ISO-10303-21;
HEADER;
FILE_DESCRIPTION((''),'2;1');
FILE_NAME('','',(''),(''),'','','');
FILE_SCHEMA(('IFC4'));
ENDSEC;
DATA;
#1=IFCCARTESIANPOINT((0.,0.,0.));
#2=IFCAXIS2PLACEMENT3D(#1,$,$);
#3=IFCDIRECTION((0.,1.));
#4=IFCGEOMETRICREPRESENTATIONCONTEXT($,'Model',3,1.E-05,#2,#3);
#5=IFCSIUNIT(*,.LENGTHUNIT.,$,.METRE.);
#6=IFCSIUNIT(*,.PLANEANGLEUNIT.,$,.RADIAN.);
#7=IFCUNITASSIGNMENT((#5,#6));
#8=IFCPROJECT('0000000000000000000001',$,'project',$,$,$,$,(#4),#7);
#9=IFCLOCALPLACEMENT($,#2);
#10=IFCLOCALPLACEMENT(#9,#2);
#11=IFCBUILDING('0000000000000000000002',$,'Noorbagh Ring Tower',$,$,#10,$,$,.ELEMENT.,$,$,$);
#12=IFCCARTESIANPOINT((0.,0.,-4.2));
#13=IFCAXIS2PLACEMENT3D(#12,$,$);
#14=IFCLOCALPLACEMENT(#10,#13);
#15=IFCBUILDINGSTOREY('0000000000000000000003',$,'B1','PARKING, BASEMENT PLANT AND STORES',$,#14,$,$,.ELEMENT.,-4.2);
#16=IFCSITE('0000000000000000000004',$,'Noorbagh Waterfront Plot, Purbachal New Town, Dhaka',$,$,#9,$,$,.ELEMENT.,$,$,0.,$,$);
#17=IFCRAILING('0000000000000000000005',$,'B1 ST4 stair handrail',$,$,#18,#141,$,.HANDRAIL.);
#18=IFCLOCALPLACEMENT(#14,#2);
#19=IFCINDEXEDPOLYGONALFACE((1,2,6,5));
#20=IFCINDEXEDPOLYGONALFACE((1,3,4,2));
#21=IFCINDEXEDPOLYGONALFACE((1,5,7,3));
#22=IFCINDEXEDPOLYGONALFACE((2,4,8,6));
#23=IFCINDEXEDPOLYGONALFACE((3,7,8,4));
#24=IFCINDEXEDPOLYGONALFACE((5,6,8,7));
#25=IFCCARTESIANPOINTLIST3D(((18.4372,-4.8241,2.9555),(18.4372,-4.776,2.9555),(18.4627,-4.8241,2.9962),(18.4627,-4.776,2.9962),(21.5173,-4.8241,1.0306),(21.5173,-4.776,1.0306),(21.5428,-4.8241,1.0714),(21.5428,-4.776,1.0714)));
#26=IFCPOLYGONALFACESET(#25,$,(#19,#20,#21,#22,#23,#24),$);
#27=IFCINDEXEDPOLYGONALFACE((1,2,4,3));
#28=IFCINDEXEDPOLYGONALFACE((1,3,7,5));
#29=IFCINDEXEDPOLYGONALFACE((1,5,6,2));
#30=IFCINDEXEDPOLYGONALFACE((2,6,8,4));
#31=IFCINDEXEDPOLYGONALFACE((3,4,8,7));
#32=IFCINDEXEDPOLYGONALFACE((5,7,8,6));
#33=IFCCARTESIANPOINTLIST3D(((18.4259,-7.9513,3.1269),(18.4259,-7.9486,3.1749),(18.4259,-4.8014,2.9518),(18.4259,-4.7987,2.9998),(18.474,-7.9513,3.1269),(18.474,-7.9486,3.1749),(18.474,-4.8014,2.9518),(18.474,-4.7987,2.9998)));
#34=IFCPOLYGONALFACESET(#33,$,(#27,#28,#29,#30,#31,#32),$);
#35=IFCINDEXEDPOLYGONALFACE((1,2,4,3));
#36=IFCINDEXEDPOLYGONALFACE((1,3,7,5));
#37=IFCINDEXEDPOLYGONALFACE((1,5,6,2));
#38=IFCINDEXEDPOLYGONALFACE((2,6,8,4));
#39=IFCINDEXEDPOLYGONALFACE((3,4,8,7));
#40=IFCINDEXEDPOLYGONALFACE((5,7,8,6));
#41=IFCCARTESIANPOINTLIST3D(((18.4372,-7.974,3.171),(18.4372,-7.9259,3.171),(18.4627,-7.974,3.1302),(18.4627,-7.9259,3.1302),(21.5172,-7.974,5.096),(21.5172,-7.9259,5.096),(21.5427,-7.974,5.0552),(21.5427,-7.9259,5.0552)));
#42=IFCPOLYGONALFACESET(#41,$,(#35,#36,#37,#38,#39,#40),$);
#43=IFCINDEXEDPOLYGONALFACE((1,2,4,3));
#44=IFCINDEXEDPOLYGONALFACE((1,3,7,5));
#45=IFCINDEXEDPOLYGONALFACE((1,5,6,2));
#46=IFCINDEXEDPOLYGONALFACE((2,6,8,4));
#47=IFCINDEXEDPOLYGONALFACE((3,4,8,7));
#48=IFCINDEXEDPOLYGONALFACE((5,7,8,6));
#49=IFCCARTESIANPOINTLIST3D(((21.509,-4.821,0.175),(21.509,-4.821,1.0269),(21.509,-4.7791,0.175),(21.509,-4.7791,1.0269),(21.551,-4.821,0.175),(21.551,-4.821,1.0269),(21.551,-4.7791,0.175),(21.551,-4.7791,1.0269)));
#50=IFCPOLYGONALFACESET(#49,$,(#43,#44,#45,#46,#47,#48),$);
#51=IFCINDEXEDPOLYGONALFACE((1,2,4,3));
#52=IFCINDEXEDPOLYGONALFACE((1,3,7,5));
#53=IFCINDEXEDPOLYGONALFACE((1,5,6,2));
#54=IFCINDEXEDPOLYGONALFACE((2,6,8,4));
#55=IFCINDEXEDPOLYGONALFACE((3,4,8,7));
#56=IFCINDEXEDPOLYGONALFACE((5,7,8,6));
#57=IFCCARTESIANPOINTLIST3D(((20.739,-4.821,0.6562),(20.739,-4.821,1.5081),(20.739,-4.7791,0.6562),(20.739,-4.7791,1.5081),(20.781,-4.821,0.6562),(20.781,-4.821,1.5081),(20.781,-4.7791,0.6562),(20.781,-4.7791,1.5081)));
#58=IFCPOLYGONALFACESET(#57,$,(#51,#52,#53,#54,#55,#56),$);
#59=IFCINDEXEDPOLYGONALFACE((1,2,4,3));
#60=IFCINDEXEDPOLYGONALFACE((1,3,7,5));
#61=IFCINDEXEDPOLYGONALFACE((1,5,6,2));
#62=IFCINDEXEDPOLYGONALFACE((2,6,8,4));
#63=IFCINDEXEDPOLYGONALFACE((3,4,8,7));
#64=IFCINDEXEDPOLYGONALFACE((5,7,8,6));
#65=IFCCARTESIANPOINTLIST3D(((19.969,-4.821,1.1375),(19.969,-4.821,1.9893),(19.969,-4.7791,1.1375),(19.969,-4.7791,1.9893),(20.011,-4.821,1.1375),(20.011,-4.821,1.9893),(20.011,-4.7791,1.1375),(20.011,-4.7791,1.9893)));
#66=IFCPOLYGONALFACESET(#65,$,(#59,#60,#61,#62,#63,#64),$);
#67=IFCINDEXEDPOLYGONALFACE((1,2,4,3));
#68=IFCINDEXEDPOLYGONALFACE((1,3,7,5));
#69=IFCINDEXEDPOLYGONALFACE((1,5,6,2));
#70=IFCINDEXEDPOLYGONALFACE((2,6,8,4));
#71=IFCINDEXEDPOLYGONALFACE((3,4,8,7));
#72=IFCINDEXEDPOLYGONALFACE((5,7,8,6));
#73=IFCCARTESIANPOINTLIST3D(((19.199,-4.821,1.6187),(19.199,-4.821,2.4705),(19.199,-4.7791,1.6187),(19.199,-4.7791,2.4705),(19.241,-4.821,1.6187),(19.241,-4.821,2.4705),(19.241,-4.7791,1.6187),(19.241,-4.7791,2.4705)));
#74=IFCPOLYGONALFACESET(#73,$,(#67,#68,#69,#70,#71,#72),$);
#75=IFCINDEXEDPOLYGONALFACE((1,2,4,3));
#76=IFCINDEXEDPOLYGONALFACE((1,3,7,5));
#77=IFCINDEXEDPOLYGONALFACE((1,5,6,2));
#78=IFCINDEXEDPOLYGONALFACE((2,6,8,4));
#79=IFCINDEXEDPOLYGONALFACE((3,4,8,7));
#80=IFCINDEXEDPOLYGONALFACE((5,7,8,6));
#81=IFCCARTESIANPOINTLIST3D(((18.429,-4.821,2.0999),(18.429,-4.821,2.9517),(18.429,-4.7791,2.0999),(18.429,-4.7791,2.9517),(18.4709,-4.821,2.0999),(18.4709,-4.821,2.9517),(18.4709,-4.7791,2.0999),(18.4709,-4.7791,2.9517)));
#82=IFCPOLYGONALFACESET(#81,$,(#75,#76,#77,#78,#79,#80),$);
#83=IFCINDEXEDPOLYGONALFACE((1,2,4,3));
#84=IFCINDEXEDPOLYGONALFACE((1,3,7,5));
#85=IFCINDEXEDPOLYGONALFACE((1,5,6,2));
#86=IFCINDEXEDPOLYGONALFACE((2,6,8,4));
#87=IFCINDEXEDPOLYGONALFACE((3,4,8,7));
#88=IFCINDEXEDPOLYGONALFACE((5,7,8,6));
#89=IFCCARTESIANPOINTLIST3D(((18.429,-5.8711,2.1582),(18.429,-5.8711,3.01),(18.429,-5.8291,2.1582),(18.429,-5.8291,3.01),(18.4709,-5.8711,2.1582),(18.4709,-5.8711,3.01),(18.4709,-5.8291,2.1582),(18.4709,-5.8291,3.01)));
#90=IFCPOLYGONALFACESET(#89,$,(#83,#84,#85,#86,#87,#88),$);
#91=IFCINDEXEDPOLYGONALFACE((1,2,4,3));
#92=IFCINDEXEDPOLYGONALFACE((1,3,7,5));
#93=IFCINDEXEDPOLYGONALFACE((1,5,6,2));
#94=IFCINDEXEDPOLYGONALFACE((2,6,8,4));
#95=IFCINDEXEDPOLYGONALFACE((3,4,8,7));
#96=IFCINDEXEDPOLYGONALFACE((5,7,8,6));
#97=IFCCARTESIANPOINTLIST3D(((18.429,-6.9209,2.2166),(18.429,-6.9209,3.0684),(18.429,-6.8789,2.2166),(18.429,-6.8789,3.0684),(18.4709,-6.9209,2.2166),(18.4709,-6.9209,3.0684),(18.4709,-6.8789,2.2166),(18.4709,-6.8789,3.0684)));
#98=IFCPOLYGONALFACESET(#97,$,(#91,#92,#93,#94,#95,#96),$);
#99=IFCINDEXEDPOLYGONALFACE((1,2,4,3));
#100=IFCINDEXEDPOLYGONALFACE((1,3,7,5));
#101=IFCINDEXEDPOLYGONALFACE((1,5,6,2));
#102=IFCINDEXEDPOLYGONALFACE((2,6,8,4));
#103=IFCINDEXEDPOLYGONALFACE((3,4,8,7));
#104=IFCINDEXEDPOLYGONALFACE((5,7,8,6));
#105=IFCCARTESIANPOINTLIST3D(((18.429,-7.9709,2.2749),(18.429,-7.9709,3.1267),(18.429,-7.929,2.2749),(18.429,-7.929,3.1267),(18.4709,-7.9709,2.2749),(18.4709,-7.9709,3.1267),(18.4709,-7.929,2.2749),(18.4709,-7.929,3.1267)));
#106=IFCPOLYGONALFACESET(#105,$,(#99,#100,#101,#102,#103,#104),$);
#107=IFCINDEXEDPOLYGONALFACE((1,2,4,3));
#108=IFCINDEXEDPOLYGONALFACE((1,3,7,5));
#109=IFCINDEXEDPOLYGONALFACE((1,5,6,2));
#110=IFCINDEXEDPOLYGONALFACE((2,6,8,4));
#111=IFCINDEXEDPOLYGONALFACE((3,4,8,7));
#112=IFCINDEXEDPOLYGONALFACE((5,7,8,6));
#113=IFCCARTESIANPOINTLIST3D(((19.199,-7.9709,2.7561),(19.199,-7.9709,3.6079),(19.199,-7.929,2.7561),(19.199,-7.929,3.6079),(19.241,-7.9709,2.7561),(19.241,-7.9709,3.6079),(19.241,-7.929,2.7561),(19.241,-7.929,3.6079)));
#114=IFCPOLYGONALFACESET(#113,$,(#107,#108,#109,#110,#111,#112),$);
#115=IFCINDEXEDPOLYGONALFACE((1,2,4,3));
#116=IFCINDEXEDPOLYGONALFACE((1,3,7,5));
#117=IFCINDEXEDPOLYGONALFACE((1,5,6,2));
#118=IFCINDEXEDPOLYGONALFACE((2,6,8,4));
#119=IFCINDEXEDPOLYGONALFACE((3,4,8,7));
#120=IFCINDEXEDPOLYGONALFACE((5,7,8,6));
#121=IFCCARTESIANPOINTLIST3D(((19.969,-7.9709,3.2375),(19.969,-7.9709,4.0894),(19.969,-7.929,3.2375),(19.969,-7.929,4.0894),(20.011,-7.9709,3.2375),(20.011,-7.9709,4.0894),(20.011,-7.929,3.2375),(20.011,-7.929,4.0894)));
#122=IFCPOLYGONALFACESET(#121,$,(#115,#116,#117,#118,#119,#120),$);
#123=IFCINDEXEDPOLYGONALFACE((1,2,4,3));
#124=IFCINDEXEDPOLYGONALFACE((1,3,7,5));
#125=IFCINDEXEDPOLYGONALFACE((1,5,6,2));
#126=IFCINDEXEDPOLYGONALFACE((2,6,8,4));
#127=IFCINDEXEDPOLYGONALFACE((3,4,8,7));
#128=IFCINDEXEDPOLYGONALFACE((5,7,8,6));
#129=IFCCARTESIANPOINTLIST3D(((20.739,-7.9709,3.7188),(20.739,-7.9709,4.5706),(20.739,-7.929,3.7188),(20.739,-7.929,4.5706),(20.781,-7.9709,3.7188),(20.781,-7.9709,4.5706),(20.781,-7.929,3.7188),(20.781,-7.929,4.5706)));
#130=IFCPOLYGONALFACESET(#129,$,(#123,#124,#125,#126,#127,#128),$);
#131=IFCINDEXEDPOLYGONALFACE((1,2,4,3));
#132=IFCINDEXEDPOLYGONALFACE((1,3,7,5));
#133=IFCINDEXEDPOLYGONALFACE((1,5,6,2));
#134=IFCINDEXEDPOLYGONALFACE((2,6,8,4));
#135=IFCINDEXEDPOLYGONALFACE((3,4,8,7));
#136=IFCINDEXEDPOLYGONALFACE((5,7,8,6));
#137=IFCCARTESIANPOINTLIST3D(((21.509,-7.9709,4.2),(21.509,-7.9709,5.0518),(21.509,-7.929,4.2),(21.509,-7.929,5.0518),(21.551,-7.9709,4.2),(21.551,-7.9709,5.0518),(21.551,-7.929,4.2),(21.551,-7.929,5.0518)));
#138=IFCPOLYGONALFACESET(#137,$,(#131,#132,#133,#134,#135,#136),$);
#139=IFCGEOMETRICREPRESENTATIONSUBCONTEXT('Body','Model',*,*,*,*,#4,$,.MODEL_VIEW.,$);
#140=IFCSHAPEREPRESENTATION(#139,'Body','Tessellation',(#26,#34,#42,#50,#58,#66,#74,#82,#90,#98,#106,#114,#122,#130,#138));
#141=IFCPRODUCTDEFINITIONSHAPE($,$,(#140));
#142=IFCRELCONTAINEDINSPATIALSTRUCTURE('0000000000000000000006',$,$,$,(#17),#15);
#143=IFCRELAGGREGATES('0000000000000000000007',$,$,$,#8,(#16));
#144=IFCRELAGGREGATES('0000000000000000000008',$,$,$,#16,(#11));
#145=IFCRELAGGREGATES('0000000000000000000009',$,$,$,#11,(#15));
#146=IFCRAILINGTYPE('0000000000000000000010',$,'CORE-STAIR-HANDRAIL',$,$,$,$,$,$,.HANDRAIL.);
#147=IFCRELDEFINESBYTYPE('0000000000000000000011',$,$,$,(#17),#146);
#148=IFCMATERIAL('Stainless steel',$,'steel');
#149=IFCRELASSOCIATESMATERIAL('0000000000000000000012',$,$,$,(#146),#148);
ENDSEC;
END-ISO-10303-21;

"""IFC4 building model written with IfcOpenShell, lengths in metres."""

from ifc_helpers import new_model, si_unit, direction, frame, origin, origin_2d, place, context, subcontext, project, spatial, rectangle, extrude, material, type_object, element, save


model = new_model("IFC4")

# Units and contexts
model_context = context("Model", 3, precision=1e-05, world=origin(), true_north=direction((0.0, 1.0)))
body_context = subcontext(model_context, "Body", "Model", "MODEL_VIEW")
ifc_project = project(units=[si_unit("LENGTHUNIT", "METRE"), si_unit("PLANEANGLEUNIT", "RADIAN")], contexts=[model_context])

# Site, building, storey
site_placement = place(None, origin())
site = spatial("IfcSite", under=ifc_project, at=site_placement, Name="Noorbagh Waterfront Plot, Purbachal New Town, Dhaka", CompositionType="ELEMENT", RefElevation=0.0)
building_placement = place(site_placement, origin())
building = spatial("IfcBuilding", under=site, at=building_placement, Name="Noorbagh Ring Tower", CompositionType="ELEMENT")
storey_placement = place(building_placement, frame((0.0, 0.0, -4.2)))
storey = spatial("IfcBuildingStorey", under=building, at=storey_placement, Name="B1", Description="PARKING, BASEMENT PLANT AND STORES", CompositionType="ELEMENT", Elevation=-4.2)

# Railing
ifc_material_1 = material(Name="Stainless steel", Category="steel")
railing_type_1 = type_object("IfcRailingType", Name="CORE-STAIR-HANDRAIL", PredefinedType="HANDRAIL", material=ifc_material_1)
railing_1_placement = place(storey_placement, frame((21.53, -4.8, 0.175)))
element("IfcRailing", 1, at=railing_1_placement, inside=storey, type_object=railing_type_1, Name="B1 ST4 stair handrail", PredefinedType="HANDRAIL", context=body_context, shape_type="SweptSolid", body=[
    extrude(rectangle(XDim=0.0481, YDim=0.0481, at=origin_2d()), frame((0.0, 0.0, 0.876), z_axis=(-0.848029, 0.0, 0.529951), x_axis=(0.0, -1.0, 0.0)), (0.0, 0.0, 1.0), 3.6321),
    extrude(rectangle(XDim=0.0481, YDim=0.0481, at=origin_2d()), frame((-3.0801, 0.0, 2.8008), z_axis=(0.0, -0.998459, 0.055487), x_axis=(1.0, 0.0, 0.0)), (0.0, 0.0, 1.0), 3.1548),
    extrude(rectangle(XDim=0.0481, YDim=0.0481, at=origin_2d()), frame((-3.0801, -3.1499, 2.9756), z_axis=(0.847998, 0.0, 0.529999), x_axis=(0.0, 1.0, 0.0)), (0.0, 0.0, 1.0), 3.6321),
    extrude(rectangle(XDim=0.042, YDim=0.042, at=origin_2d()), origin(), (0.0, 0.0, 1.0), 0.8518),
    extrude(rectangle(XDim=0.042, YDim=0.042, at=origin_2d()), frame((-0.77, 0.0, 0.4812)), (0.0, 0.0, 1.0), 0.8518),
    extrude(rectangle(XDim=0.042, YDim=0.042, at=origin_2d()), frame((-1.54, 0.0, 0.9624)), (0.0, 0.0, 1.0), 0.8518),
    extrude(rectangle(XDim=0.042, YDim=0.042, at=origin_2d()), frame((-2.3101, 0.0, 1.4436)), (0.0, 0.0, 1.0), 0.8518),
    extrude(rectangle(XDim=0.042, YDim=0.042, at=origin_2d()), frame((-3.0801, 0.0, 1.9248)), (0.0, 0.0, 1.0), 0.8518),
    extrude(rectangle(XDim=0.042, YDim=0.042, at=origin_2d()), frame((-3.0801, -1.05, 1.9832)), (0.0, 0.0, 1.0), 0.8518),
    extrude(rectangle(XDim=0.042, YDim=0.042, at=origin_2d()), frame((-3.0801, -2.0999, 2.0415)), (0.0, 0.0, 1.0), 0.8518),
    extrude(rectangle(XDim=0.042, YDim=0.042, at=origin_2d()), frame((-3.0801, -3.1499, 2.0999)), (0.0, 0.0, 1.0), 0.8518),
    extrude(rectangle(XDim=0.042, YDim=0.042, at=origin_2d()), frame((-2.3101, -3.1499, 2.5811)), (0.0, 0.0, 1.0), 0.8518),
    extrude(rectangle(XDim=0.042, YDim=0.042, at=origin_2d()), frame((-1.54, -3.1499, 3.0625)), (0.0, 0.0, 1.0), 0.8518),
    extrude(rectangle(XDim=0.042, YDim=0.042, at=origin_2d()), frame((-0.77, -3.1499, 3.5437)), (0.0, 0.0, 1.0), 0.8518),
    extrude(rectangle(XDim=0.042, YDim=0.042, at=origin_2d()), frame((0.0, -3.1499, 4.0249)), (0.0, 0.0, 1.0), 0.8518),
])

save(model, "model.ifc")
